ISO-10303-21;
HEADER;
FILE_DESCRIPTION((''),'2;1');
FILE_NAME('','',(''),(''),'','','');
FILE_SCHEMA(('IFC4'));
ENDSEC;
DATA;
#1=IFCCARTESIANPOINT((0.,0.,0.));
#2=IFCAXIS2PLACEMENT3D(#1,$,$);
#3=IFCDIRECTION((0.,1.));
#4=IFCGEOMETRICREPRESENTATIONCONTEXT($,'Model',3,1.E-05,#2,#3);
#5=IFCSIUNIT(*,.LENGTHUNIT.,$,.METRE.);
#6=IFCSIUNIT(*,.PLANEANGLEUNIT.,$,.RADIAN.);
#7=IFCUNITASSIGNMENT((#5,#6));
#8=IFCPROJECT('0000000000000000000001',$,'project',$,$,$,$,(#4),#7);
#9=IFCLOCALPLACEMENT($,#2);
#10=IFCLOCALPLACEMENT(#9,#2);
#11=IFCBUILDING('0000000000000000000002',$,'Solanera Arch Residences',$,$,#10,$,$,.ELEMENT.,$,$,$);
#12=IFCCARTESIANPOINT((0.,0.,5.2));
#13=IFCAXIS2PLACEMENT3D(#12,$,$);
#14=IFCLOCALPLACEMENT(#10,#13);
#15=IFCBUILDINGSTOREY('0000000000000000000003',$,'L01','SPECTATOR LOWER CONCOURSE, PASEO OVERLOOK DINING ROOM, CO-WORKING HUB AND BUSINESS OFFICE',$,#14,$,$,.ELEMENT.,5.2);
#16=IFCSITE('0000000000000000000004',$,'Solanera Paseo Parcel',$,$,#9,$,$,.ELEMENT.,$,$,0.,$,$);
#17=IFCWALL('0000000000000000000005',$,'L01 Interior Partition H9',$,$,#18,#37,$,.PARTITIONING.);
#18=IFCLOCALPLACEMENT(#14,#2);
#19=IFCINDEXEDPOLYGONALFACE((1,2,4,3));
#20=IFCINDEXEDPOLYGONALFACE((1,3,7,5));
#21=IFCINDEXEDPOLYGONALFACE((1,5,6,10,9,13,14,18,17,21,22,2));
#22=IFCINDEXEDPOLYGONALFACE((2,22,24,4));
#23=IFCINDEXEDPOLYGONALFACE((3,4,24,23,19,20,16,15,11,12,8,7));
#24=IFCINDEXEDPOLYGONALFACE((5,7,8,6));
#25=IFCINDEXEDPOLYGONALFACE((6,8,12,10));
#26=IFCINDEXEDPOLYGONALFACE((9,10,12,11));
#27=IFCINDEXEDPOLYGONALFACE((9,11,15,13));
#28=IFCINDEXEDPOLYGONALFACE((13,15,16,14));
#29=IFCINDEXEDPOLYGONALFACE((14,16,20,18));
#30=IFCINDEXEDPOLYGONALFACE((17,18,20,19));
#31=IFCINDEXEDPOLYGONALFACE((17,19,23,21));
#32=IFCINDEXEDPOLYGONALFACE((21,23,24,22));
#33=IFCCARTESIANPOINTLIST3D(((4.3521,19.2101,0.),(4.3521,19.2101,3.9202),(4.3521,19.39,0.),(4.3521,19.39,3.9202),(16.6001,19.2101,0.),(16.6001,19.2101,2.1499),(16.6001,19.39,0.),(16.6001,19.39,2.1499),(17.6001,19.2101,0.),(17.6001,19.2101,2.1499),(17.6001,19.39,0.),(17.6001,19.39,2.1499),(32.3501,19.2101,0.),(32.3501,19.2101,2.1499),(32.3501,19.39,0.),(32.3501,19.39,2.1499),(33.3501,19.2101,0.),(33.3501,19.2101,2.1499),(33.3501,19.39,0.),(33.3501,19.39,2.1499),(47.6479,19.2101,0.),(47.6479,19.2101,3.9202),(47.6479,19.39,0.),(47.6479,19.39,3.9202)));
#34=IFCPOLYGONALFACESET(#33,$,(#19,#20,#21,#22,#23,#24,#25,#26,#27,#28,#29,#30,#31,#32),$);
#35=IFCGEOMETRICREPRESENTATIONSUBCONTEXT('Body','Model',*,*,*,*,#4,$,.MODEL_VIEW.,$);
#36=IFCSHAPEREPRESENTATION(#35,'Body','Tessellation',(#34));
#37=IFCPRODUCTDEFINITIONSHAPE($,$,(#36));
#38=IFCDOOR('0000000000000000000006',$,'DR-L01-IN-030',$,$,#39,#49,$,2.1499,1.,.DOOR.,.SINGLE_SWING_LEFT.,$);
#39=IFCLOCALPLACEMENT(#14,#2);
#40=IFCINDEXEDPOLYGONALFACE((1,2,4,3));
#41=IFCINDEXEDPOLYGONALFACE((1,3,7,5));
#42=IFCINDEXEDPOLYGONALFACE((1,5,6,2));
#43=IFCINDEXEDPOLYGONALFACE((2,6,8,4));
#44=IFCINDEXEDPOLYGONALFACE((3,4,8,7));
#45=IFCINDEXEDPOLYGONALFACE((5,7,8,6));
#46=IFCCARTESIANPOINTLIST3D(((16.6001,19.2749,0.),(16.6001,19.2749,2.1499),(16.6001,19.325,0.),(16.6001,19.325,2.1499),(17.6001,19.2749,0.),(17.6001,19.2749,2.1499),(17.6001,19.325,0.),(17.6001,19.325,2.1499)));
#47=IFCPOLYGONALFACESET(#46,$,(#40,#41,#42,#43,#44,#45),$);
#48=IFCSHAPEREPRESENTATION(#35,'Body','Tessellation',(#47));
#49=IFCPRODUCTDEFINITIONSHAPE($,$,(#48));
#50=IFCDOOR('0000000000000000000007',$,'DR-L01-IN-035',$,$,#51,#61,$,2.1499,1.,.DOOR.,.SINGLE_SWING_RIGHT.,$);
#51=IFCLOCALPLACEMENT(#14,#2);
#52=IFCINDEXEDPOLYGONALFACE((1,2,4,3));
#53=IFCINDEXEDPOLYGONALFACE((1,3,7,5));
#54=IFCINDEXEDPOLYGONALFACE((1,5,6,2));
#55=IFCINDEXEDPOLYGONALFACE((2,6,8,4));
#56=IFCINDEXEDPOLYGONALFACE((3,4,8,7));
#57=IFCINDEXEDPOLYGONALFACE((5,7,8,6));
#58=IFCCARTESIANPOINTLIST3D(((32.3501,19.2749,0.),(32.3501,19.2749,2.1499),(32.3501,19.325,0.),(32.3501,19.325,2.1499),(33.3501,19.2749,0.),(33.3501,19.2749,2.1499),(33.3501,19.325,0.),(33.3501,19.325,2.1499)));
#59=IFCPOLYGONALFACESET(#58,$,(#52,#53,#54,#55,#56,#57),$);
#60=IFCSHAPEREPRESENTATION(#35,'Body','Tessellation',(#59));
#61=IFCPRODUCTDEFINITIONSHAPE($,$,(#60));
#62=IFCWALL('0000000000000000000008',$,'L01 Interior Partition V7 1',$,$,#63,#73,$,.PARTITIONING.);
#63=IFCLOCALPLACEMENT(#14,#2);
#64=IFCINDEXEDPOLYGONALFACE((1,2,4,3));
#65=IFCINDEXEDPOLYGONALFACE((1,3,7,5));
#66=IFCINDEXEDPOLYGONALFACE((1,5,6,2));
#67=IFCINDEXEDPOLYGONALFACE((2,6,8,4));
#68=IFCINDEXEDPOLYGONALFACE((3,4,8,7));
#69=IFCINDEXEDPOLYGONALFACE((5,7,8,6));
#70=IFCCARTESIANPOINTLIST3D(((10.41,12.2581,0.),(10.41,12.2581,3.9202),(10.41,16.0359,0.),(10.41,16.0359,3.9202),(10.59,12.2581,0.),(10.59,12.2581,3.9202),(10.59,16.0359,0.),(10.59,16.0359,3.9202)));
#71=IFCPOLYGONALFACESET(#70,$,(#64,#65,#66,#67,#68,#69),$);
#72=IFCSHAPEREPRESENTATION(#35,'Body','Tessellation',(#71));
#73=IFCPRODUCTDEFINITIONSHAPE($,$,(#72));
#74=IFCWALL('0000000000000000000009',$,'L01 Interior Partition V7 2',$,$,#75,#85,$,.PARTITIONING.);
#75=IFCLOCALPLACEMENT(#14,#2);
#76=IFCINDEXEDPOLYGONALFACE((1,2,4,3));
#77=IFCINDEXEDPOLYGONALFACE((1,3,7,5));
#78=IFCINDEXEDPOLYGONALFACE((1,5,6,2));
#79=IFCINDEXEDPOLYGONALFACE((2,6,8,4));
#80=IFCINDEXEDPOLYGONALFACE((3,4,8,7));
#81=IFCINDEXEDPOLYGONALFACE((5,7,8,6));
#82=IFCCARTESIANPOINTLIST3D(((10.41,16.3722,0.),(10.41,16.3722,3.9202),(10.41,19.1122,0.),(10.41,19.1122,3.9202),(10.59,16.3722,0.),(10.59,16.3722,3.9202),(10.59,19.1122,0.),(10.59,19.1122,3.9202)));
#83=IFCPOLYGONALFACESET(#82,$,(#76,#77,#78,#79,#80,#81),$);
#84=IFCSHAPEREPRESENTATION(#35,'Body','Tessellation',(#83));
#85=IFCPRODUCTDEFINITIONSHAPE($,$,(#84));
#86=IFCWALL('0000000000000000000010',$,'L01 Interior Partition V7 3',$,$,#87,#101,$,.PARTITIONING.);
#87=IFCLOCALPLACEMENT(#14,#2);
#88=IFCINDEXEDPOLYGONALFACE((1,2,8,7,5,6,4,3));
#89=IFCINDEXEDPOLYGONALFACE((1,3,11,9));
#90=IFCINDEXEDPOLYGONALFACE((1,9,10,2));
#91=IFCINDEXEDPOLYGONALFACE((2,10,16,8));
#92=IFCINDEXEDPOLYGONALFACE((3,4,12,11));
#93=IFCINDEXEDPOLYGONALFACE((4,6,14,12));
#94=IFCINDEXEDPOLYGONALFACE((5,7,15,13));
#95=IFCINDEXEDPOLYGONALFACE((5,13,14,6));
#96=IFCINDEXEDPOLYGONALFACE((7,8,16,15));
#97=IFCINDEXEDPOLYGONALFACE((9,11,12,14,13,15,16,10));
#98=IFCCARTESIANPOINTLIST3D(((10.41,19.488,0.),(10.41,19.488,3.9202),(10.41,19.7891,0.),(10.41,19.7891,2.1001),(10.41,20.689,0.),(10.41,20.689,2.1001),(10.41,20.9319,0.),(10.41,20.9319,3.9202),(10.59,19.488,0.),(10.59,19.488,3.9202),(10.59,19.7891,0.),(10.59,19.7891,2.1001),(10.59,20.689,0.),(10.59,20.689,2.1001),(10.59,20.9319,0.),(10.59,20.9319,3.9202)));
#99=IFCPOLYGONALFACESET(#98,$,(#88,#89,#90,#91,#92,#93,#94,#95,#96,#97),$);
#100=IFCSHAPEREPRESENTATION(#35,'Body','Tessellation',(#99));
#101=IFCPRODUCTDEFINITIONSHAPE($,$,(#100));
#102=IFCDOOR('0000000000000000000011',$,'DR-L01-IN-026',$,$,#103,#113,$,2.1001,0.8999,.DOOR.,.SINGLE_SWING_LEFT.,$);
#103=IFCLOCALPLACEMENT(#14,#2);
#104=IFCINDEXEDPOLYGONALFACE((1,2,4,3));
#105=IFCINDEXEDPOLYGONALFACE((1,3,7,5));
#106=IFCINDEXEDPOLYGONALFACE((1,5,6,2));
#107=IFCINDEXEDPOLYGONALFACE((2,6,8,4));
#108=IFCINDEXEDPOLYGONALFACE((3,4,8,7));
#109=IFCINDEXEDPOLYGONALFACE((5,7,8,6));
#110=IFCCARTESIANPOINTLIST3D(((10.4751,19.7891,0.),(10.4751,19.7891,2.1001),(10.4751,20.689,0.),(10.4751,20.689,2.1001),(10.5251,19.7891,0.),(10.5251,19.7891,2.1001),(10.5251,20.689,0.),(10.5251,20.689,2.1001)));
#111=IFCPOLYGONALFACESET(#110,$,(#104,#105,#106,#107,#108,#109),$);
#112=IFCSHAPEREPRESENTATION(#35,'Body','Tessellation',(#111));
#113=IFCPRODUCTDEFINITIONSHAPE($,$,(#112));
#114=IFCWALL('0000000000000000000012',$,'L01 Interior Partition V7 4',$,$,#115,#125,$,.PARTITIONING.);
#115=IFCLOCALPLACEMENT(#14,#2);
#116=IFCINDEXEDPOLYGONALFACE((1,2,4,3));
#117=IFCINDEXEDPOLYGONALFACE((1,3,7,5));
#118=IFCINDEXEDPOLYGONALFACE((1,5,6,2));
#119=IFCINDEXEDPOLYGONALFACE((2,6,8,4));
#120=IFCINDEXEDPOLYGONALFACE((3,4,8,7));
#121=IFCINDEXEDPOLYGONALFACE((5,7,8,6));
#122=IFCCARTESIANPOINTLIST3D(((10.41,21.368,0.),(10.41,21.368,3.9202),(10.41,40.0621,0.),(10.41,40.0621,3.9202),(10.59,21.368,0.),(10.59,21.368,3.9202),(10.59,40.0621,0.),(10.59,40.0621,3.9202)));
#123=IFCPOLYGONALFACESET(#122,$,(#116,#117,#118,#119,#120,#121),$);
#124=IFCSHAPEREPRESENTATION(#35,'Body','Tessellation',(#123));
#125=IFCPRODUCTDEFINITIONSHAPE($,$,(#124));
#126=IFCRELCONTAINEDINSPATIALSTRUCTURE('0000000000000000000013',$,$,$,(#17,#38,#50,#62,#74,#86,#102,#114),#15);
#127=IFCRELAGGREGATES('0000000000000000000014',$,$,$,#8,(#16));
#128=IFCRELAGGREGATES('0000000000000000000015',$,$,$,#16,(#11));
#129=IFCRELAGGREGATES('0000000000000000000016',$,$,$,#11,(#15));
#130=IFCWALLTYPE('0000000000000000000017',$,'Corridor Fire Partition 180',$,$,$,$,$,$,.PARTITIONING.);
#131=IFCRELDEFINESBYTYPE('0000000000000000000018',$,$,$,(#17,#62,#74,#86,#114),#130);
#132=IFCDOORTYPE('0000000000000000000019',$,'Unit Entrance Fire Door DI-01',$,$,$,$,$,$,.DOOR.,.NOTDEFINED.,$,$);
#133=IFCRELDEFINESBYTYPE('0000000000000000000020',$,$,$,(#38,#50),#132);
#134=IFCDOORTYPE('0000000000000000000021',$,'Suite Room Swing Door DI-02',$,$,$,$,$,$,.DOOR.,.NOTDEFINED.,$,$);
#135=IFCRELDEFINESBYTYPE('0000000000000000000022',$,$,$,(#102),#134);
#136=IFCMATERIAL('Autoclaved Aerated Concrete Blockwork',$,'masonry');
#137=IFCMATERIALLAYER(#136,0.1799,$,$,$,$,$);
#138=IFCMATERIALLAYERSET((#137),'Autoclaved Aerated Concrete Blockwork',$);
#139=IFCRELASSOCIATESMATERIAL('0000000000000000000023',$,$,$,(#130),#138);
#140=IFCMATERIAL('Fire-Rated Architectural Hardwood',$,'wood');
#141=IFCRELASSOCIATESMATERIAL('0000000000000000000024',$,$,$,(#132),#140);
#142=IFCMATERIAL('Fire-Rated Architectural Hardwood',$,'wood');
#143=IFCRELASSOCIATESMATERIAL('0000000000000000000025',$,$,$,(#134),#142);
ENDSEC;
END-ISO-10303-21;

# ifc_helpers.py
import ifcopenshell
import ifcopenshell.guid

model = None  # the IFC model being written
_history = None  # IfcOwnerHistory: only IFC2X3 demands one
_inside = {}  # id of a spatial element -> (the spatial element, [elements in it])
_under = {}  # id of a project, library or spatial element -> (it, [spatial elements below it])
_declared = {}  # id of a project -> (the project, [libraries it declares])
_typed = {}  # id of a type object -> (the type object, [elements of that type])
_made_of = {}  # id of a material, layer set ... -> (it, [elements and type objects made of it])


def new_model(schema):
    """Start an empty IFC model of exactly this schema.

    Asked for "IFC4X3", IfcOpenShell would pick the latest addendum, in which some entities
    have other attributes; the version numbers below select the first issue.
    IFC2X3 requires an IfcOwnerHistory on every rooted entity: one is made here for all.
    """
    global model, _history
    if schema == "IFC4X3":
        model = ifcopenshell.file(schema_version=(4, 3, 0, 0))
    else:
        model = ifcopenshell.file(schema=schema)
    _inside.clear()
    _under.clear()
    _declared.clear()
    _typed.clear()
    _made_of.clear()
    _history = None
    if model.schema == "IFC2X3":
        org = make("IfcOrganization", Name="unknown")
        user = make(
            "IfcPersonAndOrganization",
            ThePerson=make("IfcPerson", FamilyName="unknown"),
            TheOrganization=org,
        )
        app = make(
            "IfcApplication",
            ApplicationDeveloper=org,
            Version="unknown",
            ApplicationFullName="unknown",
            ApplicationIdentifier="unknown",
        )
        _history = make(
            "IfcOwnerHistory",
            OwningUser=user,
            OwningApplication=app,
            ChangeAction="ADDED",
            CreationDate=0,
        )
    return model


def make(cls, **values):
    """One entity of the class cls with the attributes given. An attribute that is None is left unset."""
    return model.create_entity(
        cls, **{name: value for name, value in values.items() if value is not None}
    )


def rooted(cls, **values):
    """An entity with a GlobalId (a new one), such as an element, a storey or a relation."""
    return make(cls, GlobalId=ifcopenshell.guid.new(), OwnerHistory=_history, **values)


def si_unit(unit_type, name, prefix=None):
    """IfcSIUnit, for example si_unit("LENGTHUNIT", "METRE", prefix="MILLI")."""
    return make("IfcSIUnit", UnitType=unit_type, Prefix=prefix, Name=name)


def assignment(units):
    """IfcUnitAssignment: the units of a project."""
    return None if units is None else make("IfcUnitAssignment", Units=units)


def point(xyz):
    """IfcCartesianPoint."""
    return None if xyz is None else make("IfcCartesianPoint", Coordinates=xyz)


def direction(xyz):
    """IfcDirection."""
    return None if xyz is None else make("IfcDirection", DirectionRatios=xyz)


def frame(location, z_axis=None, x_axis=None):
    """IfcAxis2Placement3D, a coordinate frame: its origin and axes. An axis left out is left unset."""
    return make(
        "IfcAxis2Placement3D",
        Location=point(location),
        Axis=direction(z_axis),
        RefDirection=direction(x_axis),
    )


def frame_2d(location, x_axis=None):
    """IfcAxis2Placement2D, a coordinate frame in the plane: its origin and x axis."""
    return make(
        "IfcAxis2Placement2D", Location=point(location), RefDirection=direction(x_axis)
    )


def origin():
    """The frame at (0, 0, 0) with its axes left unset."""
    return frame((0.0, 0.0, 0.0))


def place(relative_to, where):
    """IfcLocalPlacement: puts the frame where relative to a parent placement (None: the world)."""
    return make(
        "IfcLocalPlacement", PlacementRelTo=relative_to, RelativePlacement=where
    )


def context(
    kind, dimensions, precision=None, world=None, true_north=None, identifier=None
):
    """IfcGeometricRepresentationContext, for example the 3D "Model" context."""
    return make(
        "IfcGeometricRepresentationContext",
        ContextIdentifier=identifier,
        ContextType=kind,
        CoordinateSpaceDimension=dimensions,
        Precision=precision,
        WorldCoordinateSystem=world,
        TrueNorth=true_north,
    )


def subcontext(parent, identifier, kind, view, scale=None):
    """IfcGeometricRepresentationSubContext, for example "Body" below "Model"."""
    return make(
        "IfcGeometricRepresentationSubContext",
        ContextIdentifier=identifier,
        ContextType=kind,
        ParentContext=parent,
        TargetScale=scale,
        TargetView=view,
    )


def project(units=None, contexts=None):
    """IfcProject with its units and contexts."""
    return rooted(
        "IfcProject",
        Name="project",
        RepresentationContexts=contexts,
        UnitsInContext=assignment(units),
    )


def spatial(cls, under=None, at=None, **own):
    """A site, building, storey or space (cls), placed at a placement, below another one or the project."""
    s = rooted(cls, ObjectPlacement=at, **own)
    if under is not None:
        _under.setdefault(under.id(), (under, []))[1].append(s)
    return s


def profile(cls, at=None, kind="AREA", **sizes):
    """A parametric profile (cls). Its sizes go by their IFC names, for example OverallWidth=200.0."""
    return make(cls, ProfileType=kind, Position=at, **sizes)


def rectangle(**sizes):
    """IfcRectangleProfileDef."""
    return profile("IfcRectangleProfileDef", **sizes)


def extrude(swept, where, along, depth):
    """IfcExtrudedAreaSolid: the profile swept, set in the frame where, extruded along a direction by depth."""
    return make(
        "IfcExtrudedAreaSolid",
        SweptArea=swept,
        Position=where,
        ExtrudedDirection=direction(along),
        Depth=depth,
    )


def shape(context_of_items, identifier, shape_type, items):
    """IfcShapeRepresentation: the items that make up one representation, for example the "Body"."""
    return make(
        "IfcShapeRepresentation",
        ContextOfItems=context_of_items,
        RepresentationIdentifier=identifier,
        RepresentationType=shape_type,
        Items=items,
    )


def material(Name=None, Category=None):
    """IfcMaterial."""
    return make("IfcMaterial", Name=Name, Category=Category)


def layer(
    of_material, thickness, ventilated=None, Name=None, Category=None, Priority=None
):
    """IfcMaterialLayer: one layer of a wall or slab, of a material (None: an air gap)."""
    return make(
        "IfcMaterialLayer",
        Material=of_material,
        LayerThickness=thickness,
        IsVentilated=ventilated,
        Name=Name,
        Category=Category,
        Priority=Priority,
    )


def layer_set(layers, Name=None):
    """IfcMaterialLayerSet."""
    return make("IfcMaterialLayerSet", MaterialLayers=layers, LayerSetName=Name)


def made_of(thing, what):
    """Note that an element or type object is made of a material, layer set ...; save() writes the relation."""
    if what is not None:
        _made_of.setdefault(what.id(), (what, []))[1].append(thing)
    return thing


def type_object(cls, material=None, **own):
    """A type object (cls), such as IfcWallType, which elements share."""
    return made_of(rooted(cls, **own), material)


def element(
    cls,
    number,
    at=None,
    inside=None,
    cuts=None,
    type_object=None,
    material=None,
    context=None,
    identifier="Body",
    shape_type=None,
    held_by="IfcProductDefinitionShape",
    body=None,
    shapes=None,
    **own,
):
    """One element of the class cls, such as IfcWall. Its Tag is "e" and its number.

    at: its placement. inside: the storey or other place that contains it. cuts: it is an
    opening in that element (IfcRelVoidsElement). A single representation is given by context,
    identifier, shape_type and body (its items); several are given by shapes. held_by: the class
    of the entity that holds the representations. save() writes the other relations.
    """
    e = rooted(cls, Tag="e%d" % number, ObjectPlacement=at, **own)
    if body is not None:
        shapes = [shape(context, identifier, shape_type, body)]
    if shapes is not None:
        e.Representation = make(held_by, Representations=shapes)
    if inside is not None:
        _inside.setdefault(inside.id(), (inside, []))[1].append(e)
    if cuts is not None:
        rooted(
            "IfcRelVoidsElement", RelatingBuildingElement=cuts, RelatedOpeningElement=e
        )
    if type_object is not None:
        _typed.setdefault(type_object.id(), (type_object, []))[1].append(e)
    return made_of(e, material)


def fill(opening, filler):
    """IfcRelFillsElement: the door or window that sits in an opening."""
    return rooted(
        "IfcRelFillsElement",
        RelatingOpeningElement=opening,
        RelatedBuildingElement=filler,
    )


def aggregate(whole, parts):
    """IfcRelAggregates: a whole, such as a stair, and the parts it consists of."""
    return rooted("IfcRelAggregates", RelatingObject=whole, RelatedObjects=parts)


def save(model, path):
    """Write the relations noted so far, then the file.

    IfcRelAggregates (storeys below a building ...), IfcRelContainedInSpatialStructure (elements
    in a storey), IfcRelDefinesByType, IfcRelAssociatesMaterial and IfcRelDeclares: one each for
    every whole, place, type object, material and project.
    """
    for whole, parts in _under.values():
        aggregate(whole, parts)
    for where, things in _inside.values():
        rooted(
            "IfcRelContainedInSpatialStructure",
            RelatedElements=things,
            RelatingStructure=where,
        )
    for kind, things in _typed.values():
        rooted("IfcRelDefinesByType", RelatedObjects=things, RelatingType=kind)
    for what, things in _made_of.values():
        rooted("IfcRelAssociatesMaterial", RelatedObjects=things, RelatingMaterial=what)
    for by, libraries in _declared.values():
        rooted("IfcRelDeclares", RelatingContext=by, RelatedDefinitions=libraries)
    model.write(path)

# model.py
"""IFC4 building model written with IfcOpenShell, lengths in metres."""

from ifc_helpers import new_model, si_unit, direction, frame, frame_2d, origin, place, context, subcontext, project, spatial, rectangle, extrude, material, layer, layer_set, type_object, element, fill, save


model = new_model("IFC4")

# Units and contexts
model_context = context("Model", 3, precision=1e-05, world=origin(), true_north=direction((0.0, 1.0)))
body_context = subcontext(model_context, "Body", "Model", "MODEL_VIEW")
ifc_project = project(units=[si_unit("LENGTHUNIT", "METRE"), si_unit("PLANEANGLEUNIT", "RADIAN")], contexts=[model_context])

# Site, building, storey
site_placement = place(None, origin())
site = spatial("IfcSite", under=ifc_project, at=site_placement, Name="Solanera Paseo Parcel", CompositionType="ELEMENT", RefElevation=0.0)
building_placement = place(site_placement, origin())
building = spatial("IfcBuilding", under=site, at=building_placement, Name="Solanera Arch Residences", CompositionType="ELEMENT")
storey_placement = place(building_placement, frame((0.0, 0.0, 5.2)))
storey = spatial("IfcBuildingStorey", under=building, at=storey_placement, Name="L01", Description="SPECTATOR LOWER CONCOURSE, PASEO OVERLOOK DINING ROOM, CO-WORKING HUB AND BUSINESS OFFICE", CompositionType="ELEMENT", Elevation=5.2)

# Wall, openings, doors
ifc_material_1 = material(Name="Autoclaved Aerated Concrete Blockwork", Category="masonry")
ifc_layer_1 = layer(ifc_material_1, 0.1799)
ifc_layer_set_1 = layer_set([ifc_layer_1], Name="Autoclaved Aerated Concrete Blockwork")
wall_type_1 = type_object("IfcWallType", Name="Corridor Fire Partition 180", PredefinedType="PARTITIONING", material=ifc_layer_set_1)
wall_1_placement = place(storey_placement, frame((4.3521, 19.3, 0.0), z_axis=(0.0, 0.0, 1.0), x_axis=(1.0, 0.0, 0.0)))
wall_1 = element("IfcWall", 1, at=wall_1_placement, inside=storey, type_object=wall_type_1, Name="L01 Interior Partition H9", PredefinedType="PARTITIONING", context=body_context, shape_type="SweptSolid", body=[
    extrude(rectangle(XDim=43.2959, YDim=0.1799, at=frame_2d((21.6479, 0.0))), origin(), (0.0, 0.0, 1.0), 3.9202),
])
opening_1_placement = place(wall_1_placement, frame((12.248, 0.0, 0.0)))
opening_1 = element("IfcOpeningElement", 2, at=opening_1_placement, cuts=wall_1, PredefinedType="OPENING", context=body_context, shape_type="SweptSolid", body=[
    extrude(rectangle(XDim=1.0, YDim=2.1499, at=frame_2d((0.5, 1.075))), frame((0.0, 0.1001, 0.0), z_axis=(0.0, -1.0, 0.0), x_axis=(1.0, 0.0, 0.0)), (0.0, 0.0, 1.0), 0.1999),
])
opening_2_placement = place(wall_1_placement, frame((27.998, 0.0, 0.0)))
opening_2 = element("IfcOpeningElement", 3, at=opening_2_placement, cuts=wall_1, PredefinedType="OPENING", context=body_context, shape_type="SweptSolid", body=[
    extrude(rectangle(XDim=1.0, YDim=2.1499, at=frame_2d((0.5, 1.075))), frame((0.0, 0.1001, 0.0), z_axis=(0.0, -1.0, 0.0), x_axis=(1.0, 0.0, 0.0)), (0.0, 0.0, 1.0), 0.1999),
])
ifc_material_2 = material(Name="Fire-Rated Architectural Hardwood", Category="wood")
door_type_1 = type_object("IfcDoorType", Name="Unit Entrance Fire Door DI-01", OperationType="NOTDEFINED", PredefinedType="DOOR", material=ifc_material_2)
door_1_placement = place(opening_1_placement, origin())
door_1 = element("IfcDoor", 4, at=door_1_placement, inside=storey, type_object=door_type_1, Name="DR-L01-IN-030", OperationType="SINGLE_SWING_LEFT", OverallHeight=2.1499, OverallWidth=1.0, PredefinedType="DOOR", context=body_context, shape_type="SweptSolid", body=[
    extrude(rectangle(XDim=1.0, YDim=2.1499, at=frame_2d((0.5, 1.075))), frame((0.0, 0.0249, 0.0), z_axis=(0.0, -1.0, 0.0), x_axis=(1.0, 0.0, 0.0)), (0.0, 0.0, 1.0), 0.05),
])
fill(opening_1, door_1)
door_2_placement = place(opening_2_placement, origin())
door_2 = element("IfcDoor", 5, at=door_2_placement, inside=storey, type_object=door_type_1, Name="DR-L01-IN-035", OperationType="SINGLE_SWING_RIGHT", OverallHeight=2.1499, OverallWidth=1.0, PredefinedType="DOOR", context=body_context, shape_type="SweptSolid", body=[
    extrude(rectangle(XDim=1.0, YDim=2.1499, at=frame_2d((0.5, 1.075))), frame((0.0, 0.0249, 0.0), z_axis=(0.0, -1.0, 0.0), x_axis=(1.0, 0.0, 0.0)), (0.0, 0.0, 1.0), 0.05),
])
fill(opening_2, door_2)

# Walls
wall_2_placement = place(storey_placement, frame((10.5, 12.2581, 0.0), z_axis=(0.0, 0.0, 1.0), x_axis=(0.0, 1.0, 0.0)))
element("IfcWall", 6, at=wall_2_placement, inside=storey, type_object=wall_type_1, Name="L01 Interior Partition V7 1", PredefinedType="PARTITIONING", context=body_context, shape_type="SweptSolid", body=[
    extrude(rectangle(XDim=3.7778, YDim=0.1799, at=frame_2d((1.8889, 0.0))), origin(), (0.0, 0.0, 1.0), 3.9202),
])
wall_3_placement = place(storey_placement, frame((10.5, 16.3721, 0.0), z_axis=(0.0, 0.0, 1.0), x_axis=(0.0, 1.0, 0.0)))
element("IfcWall", 7, at=wall_3_placement, inside=storey, type_object=wall_type_1, Name="L01 Interior Partition V7 2", PredefinedType="PARTITIONING", context=body_context, shape_type="SweptSolid", body=[
    extrude(rectangle(XDim=2.74, YDim=0.1799, at=frame_2d((1.3701, 0.0))), origin(), (0.0, 0.0, 1.0), 3.9202),
])

# Wall, opening, door
wall_4_placement = place(storey_placement, frame((10.5, 19.488, 0.0), z_axis=(0.0, 0.0, 1.0), x_axis=(0.0, 1.0, 0.0)))
wall_4 = element("IfcWall", 8, at=wall_4_placement, inside=storey, type_object=wall_type_1, Name="L01 Interior Partition V7 3", PredefinedType="PARTITIONING", context=body_context, shape_type="SweptSolid", body=[
    extrude(rectangle(XDim=1.4438, YDim=0.1799, at=frame_2d((0.7219, 0.0))), origin(), (0.0, 0.0, 1.0), 3.9202),
])
opening_3_placement = place(wall_4_placement, frame((0.301, 0.0, 0.0)))
opening_3 = element("IfcOpeningElement", 9, at=opening_3_placement, cuts=wall_4, PredefinedType="OPENING", context=body_context, shape_type="SweptSolid", body=[
    extrude(rectangle(XDim=0.8999, YDim=2.1001, at=frame_2d((0.45, 1.05))), frame((0.0, 0.1001, 0.0), z_axis=(0.0, -1.0, 0.0), x_axis=(1.0, 0.0, 0.0)), (0.0, 0.0, 1.0), 0.1999),
])
ifc_material_3 = material(Name="Fire-Rated Architectural Hardwood", Category="wood")
door_type_2 = type_object("IfcDoorType", Name="Suite Room Swing Door DI-02", OperationType="NOTDEFINED", PredefinedType="DOOR", material=ifc_material_3)
door_3_placement = place(opening_3_placement, origin())
door_3 = element("IfcDoor", 10, at=door_3_placement, inside=storey, type_object=door_type_2, Name="DR-L01-IN-026", OperationType="SINGLE_SWING_LEFT", OverallHeight=2.1001, OverallWidth=0.8999, PredefinedType="DOOR", context=body_context, shape_type="SweptSolid", body=[
    extrude(rectangle(XDim=0.8999, YDim=2.1001, at=frame_2d((0.45, 1.05))), frame((0.0, 0.0249, 0.0), z_axis=(0.0, -1.0, 0.0), x_axis=(1.0, 0.0, 0.0)), (0.0, 0.0, 1.0), 0.05),
])
fill(opening_3, door_3)

# Wall
wall_5_placement = place(storey_placement, frame((10.5, 21.3679, 0.0), z_axis=(0.0, 0.0, 1.0), x_axis=(0.0, 1.0, 0.0)))
element("IfcWall", 11, at=wall_5_placement, inside=storey, type_object=wall_type_1, Name="L01 Interior Partition V7 4", PredefinedType="PARTITIONING", context=body_context, shape_type="SweptSolid", body=[
    extrude(rectangle(XDim=18.6941, YDim=0.1799, at=frame_2d((9.3472, 0.0))), origin(), (0.0, 0.0, 1.0), 3.9202),
])

save(model, "model.ifc")
